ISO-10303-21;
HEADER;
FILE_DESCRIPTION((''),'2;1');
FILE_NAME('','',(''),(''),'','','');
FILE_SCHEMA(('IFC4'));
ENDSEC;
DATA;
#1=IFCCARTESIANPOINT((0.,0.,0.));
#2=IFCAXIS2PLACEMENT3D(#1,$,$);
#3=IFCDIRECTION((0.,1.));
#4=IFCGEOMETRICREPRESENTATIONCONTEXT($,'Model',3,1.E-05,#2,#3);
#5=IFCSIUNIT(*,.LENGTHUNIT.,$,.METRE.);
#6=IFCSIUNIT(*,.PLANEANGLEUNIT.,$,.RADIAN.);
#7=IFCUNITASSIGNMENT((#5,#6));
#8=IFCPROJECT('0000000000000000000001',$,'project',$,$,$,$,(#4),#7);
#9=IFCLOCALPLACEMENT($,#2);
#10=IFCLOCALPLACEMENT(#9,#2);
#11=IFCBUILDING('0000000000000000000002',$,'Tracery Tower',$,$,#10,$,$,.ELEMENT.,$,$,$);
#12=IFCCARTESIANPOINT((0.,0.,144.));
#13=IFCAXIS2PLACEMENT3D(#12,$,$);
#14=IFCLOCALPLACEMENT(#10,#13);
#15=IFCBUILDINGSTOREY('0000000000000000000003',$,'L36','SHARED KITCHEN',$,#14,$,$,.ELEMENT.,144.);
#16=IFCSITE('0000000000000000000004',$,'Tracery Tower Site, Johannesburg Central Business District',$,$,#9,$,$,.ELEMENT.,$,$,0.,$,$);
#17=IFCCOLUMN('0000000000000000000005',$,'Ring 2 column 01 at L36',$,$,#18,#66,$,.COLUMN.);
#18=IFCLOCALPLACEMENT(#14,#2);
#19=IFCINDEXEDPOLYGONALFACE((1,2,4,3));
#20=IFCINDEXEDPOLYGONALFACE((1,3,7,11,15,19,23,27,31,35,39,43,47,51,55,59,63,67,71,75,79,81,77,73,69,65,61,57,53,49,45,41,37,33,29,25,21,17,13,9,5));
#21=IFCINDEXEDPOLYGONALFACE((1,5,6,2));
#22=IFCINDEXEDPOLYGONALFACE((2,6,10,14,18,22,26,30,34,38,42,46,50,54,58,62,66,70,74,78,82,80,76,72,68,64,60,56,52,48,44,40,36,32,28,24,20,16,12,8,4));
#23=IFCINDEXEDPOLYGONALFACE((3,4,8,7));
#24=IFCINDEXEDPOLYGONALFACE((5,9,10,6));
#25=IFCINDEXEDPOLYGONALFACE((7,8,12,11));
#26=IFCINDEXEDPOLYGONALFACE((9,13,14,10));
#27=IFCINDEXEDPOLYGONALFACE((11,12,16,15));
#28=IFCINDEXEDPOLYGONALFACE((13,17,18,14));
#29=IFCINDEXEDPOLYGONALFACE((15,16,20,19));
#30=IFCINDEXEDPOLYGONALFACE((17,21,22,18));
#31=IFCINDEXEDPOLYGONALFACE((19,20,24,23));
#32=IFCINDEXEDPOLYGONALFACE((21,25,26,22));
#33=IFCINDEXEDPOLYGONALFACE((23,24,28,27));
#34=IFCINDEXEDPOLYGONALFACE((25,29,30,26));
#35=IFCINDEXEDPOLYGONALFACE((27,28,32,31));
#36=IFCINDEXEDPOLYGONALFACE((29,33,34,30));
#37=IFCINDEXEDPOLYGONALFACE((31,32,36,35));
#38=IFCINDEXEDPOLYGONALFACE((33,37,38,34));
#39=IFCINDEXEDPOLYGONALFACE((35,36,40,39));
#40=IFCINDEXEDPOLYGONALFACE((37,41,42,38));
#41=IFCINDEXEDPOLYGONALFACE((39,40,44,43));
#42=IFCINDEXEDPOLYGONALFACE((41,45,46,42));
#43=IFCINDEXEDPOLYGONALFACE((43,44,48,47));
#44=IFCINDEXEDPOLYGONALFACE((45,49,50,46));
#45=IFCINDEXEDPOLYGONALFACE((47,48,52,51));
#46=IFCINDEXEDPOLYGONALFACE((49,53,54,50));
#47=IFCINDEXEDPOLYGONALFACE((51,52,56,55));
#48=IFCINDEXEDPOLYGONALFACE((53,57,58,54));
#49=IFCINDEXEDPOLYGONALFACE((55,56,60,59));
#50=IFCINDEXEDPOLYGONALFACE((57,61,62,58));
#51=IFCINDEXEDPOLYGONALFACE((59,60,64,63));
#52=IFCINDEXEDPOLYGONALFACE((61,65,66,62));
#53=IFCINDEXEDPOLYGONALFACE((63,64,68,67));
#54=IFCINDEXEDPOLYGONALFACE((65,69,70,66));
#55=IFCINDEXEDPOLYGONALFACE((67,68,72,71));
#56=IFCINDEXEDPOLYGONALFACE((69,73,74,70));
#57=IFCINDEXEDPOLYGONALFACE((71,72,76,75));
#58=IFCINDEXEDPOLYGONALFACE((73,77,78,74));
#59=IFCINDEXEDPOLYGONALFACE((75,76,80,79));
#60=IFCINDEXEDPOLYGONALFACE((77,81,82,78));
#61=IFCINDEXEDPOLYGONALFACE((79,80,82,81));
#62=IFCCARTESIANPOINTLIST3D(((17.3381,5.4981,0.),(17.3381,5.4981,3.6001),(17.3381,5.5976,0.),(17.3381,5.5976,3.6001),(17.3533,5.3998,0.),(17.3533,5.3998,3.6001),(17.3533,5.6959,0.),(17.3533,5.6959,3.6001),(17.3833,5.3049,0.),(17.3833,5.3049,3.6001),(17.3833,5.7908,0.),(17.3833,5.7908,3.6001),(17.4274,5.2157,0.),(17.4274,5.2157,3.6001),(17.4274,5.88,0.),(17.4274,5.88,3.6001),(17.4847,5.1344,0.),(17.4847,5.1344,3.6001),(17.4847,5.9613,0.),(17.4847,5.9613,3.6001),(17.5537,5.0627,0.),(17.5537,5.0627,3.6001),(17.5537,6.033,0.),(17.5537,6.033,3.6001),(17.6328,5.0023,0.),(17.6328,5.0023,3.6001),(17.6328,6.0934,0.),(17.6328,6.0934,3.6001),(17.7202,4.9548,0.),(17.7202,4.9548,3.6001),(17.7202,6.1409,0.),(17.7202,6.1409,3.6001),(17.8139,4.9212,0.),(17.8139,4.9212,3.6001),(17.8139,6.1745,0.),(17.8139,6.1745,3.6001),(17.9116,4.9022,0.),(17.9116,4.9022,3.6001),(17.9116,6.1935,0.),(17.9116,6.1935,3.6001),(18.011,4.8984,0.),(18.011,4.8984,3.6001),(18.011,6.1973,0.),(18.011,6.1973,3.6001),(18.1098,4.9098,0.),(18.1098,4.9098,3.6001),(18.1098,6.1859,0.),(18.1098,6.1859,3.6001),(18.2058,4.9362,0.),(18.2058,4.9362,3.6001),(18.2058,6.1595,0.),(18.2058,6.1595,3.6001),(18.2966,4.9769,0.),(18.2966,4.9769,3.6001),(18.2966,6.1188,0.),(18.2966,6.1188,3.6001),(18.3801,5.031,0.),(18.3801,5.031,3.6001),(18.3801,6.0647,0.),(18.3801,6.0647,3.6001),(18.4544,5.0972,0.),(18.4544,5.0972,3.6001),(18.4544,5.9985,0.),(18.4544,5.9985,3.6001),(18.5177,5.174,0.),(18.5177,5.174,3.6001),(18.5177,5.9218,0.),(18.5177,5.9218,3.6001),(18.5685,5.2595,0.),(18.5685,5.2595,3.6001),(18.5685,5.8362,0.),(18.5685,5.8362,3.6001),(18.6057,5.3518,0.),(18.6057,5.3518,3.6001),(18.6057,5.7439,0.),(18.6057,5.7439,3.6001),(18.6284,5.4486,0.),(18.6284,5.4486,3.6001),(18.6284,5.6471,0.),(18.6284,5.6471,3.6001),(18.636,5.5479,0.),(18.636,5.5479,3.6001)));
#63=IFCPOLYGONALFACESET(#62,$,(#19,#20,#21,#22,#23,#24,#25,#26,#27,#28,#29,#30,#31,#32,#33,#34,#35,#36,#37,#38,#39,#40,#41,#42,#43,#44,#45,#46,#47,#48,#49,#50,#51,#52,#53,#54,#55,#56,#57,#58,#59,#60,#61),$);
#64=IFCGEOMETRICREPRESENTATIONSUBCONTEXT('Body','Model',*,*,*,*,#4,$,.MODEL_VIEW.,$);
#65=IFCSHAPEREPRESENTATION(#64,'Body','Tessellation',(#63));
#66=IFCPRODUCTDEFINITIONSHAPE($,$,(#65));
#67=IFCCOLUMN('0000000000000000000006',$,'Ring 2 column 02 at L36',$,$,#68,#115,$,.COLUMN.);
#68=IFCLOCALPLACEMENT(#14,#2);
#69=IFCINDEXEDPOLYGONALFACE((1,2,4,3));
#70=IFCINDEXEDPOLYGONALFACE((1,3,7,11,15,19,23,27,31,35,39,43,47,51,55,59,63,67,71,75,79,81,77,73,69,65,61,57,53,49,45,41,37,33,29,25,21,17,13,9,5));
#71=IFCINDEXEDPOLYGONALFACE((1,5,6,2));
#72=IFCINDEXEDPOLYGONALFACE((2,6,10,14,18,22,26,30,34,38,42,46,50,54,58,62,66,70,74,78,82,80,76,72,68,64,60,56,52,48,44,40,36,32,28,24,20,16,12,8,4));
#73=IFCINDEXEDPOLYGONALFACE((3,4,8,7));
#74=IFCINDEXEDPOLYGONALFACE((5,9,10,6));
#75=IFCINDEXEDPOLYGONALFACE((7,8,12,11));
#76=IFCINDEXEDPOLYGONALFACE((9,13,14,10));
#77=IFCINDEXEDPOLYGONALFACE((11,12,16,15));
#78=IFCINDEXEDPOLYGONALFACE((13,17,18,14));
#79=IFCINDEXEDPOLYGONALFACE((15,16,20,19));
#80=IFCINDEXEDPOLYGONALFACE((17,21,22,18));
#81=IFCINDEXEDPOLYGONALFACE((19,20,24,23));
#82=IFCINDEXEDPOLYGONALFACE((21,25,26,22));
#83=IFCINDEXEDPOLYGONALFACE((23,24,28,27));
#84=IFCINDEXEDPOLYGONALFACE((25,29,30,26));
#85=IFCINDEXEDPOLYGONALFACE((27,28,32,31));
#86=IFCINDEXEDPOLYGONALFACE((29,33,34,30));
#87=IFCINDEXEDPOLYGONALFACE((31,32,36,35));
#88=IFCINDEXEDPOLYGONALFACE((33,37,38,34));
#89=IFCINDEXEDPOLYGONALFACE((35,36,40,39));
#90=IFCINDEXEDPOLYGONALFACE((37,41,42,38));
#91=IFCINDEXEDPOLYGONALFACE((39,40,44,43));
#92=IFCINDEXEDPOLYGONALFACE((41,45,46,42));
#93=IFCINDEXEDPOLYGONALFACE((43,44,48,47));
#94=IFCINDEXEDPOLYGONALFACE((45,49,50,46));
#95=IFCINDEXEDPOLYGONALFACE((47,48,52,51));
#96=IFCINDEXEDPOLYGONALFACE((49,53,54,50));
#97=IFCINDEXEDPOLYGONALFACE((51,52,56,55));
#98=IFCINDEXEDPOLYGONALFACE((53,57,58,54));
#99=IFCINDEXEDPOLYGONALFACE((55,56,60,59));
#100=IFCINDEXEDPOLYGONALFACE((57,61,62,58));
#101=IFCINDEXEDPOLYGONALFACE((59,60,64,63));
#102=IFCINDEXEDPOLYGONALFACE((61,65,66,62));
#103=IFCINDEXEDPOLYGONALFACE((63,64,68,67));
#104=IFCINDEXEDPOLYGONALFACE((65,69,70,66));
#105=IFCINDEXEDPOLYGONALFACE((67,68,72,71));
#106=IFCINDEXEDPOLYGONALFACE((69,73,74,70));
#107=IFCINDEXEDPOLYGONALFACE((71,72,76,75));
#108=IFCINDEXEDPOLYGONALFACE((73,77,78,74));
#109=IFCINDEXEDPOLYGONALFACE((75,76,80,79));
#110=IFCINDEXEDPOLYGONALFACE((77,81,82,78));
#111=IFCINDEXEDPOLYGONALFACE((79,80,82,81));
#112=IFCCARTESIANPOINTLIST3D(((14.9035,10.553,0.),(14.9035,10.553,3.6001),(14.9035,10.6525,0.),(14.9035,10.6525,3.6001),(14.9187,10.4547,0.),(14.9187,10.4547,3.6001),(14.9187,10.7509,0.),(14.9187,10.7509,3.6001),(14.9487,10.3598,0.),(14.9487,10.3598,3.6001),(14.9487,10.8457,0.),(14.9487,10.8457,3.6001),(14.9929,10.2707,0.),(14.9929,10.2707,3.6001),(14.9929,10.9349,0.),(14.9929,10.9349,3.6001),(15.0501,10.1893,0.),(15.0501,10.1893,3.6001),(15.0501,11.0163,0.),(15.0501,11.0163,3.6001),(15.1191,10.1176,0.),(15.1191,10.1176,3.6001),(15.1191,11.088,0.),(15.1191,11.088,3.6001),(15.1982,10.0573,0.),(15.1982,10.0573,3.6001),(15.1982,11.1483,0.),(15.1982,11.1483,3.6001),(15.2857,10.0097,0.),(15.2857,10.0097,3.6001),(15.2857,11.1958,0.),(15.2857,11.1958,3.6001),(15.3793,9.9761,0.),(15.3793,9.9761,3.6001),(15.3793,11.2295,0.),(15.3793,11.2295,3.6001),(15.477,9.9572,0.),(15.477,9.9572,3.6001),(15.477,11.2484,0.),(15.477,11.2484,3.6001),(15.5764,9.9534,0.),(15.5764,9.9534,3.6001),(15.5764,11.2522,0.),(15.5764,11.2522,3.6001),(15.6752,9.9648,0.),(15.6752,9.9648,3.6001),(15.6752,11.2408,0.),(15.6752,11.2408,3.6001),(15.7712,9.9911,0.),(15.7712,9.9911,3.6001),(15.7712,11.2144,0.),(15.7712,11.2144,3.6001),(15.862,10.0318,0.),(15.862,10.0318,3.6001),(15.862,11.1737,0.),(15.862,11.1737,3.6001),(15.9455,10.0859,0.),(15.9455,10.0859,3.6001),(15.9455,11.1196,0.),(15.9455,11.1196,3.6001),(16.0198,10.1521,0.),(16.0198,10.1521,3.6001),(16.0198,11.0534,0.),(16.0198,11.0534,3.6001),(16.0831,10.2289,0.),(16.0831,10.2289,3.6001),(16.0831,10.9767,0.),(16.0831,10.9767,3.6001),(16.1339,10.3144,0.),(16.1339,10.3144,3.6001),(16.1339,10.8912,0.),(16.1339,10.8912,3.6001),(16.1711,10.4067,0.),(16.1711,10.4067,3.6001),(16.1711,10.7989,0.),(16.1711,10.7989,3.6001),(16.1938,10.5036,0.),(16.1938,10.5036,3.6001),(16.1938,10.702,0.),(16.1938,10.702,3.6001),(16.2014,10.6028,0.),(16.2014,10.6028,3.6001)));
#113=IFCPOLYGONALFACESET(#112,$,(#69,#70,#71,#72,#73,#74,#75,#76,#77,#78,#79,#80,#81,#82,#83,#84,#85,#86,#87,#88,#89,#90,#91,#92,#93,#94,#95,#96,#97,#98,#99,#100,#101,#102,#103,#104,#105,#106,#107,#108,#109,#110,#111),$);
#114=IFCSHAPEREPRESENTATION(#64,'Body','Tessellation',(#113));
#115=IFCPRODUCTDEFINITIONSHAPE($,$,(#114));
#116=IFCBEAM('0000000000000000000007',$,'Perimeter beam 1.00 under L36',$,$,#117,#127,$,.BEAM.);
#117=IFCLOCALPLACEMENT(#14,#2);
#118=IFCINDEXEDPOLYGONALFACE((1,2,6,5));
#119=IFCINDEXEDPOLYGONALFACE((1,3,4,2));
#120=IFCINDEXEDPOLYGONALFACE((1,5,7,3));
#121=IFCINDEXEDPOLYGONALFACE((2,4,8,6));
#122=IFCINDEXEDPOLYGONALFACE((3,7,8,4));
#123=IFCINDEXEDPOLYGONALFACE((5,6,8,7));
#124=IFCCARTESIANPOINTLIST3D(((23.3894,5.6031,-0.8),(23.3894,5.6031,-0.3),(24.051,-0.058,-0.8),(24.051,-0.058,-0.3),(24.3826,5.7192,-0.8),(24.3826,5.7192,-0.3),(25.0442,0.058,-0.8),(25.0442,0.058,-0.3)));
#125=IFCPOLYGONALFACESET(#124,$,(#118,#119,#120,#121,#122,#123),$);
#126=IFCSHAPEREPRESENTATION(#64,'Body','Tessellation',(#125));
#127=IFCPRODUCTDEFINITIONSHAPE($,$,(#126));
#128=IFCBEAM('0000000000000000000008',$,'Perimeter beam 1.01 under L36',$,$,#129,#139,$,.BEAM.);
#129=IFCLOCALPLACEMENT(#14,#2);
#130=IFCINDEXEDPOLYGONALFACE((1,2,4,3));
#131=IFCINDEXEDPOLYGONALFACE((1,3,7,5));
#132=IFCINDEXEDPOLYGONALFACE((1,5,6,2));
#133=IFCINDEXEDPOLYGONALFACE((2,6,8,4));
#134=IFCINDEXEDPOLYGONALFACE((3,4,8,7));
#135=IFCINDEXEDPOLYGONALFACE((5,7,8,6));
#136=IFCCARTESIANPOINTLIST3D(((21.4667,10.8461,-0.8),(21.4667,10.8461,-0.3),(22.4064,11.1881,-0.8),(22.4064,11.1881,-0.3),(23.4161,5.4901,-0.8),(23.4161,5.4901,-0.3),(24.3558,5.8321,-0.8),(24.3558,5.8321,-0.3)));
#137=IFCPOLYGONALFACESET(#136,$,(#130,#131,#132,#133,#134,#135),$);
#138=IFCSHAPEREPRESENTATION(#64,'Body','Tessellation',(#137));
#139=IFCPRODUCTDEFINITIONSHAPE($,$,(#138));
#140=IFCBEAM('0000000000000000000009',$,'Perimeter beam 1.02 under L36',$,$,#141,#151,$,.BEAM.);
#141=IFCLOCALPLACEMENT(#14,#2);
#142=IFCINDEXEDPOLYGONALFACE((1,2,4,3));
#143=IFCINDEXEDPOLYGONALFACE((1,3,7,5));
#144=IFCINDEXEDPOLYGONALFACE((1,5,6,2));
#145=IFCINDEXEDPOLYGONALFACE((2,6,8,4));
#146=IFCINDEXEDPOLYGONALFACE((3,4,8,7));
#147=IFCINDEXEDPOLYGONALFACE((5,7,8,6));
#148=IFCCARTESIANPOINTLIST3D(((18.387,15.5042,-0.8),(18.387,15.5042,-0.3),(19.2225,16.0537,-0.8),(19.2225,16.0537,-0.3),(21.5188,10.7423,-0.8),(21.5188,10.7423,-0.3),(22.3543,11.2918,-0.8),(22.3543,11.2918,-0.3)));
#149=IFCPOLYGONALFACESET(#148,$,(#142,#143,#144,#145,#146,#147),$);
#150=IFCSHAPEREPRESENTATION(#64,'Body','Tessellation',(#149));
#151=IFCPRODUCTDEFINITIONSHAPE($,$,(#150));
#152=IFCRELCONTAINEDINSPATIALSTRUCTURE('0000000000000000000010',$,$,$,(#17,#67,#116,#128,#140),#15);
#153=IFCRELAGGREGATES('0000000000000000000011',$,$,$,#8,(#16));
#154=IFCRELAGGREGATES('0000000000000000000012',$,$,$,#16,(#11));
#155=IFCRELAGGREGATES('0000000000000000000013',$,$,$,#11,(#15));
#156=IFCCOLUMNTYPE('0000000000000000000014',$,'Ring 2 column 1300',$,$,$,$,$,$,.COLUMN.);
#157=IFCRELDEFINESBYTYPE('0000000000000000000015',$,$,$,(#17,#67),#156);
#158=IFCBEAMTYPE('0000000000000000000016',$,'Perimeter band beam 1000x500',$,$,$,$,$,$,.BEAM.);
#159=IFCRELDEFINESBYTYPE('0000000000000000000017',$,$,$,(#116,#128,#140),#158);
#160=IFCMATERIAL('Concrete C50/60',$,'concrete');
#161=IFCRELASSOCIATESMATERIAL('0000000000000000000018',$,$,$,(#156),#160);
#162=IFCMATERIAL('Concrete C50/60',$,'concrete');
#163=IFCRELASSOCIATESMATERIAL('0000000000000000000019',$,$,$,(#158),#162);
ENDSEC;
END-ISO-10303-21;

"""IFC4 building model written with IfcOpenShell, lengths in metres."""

from ifc_helpers import new_model, si_unit, direction, frame, origin, origin_2d, place, context, subcontext, project, spatial, rectangle, circle, extrude, material, material_profile, profile_set, type_object, element, save


model = new_model("IFC4")

# Units and contexts
model_context = context("Model", 3, precision=1e-05, world=origin(), true_north=direction((0.0, 1.0)))
body_context = subcontext(model_context, "Body", "Model", "MODEL_VIEW")
ifc_project = project(units=[si_unit("LENGTHUNIT", "METRE"), si_unit("PLANEANGLEUNIT", "RADIAN")], contexts=[model_context])

# Site, building, storey
site_placement = place(None, origin())
site = spatial("IfcSite", under=ifc_project, at=site_placement, Name="Tracery Tower Site, Johannesburg Central Business District", CompositionType="ELEMENT", RefElevation=0.0)
building_placement = place(site_placement, origin())
building = spatial("IfcBuilding", under=site, at=building_placement, Name="Tracery Tower", CompositionType="ELEMENT")
storey_placement = place(building_placement, frame((0.0, 0.0, 144.0)))
storey = spatial("IfcBuildingStorey", under=building, at=storey_placement, Name="L36", Description="SHARED KITCHEN", CompositionType="ELEMENT", Elevation=144.0)

# Columns
ifc_material_1 = material(Name="Concrete C50/60", Category="concrete")
ifc_material_profile_1 = material_profile(ifc_material_1, circle(Radius=0.6499, at=origin_2d()), Name="RC D1300")
ifc_profile_set_1 = profile_set([ifc_material_profile_1], Name="Concrete C50/60")
column_type_1 = type_object("IfcColumnType", Name="Ring 2 column 1300", PredefinedType="COLUMN", material=ifc_profile_set_1)
for number, where, z_axis, x_axis, name in (
    (1, (17.9861, 5.5479, 0.0), (0.0, 0.0, 1.0), (1.0, 0.0, 0.0), "Ring 2 column 01 at L36"),
    (2, (15.5515, 10.6028, 0.0), (0.0, 0.0, 1.0), (1.0, 0.0, 0.0), "Ring 2 column 02 at L36"),
):
    element("IfcColumn", number, at=place(storey_placement, frame(where, z_axis=z_axis, x_axis=x_axis)), inside=storey, type_object=column_type_1, Name=name, PredefinedType="COLUMN", context=body_context, shape_type="SweptSolid", body=[
        extrude(circle(Radius=0.6499, at=origin_2d()), origin(), (0.0, 0.0, 1.0), 3.6001),
    ])

# Beams
ifc_material_2 = material(Name="Concrete C50/60", Category="concrete")
ifc_material_profile_2 = material_profile(ifc_material_2, rectangle(XDim=1.0, YDim=0.5, at=origin_2d()), Name="RC 1000x500")
ifc_profile_set_2 = profile_set([ifc_material_profile_2], Name="Concrete C50/60")
beam_type = type_object("IfcBeamType", Name="Perimeter band beam 1000x500", PredefinedType="BEAM", material=ifc_profile_set_2)
for number, where, z_axis, x_axis, name in (
    (3, (24.5476, 0.0, -0.55), (-0.116081, 0.99324, 0.0), (-0.99324, -0.116081, 0.0), "Perimeter beam 1.00 under L36"),
    (4, (23.886, 5.6611, -0.55), (-0.342029, 0.93969, 0.0), (-0.93969, -0.342029, 0.0), "Perimeter beam 1.01 under L36"),
):
    element("IfcBeam", number, at=place(storey_placement, frame(where, z_axis=z_axis, x_axis=x_axis)), inside=storey, type_object=beam_type, Name=name, PredefinedType="BEAM", context=body_context, shape_type="SweptSolid", body=[
        extrude(rectangle(XDim=1.0, YDim=0.5, at=origin_2d()), origin(), (0.0, 0.0, 1.0), 5.6997),
    ])
beam_placement = place(storey_placement, frame((21.9365, 11.0171, -0.55), z_axis=(-0.54949, 0.8355, 0.0), x_axis=(-0.8355, -0.54949, 0.0)))
element("IfcBeam", 5, at=beam_placement, inside=storey, type_object=beam_type, Name="Perimeter beam 1.02 under L36", PredefinedType="BEAM", context=body_context, shape_type="SweptSolid", body=[
    extrude(rectangle(XDim=1.0, YDim=0.5, at=origin_2d()), origin(), (0.0, 0.0, 1.0), 5.6995),
])

save(model, "model.ifc")
